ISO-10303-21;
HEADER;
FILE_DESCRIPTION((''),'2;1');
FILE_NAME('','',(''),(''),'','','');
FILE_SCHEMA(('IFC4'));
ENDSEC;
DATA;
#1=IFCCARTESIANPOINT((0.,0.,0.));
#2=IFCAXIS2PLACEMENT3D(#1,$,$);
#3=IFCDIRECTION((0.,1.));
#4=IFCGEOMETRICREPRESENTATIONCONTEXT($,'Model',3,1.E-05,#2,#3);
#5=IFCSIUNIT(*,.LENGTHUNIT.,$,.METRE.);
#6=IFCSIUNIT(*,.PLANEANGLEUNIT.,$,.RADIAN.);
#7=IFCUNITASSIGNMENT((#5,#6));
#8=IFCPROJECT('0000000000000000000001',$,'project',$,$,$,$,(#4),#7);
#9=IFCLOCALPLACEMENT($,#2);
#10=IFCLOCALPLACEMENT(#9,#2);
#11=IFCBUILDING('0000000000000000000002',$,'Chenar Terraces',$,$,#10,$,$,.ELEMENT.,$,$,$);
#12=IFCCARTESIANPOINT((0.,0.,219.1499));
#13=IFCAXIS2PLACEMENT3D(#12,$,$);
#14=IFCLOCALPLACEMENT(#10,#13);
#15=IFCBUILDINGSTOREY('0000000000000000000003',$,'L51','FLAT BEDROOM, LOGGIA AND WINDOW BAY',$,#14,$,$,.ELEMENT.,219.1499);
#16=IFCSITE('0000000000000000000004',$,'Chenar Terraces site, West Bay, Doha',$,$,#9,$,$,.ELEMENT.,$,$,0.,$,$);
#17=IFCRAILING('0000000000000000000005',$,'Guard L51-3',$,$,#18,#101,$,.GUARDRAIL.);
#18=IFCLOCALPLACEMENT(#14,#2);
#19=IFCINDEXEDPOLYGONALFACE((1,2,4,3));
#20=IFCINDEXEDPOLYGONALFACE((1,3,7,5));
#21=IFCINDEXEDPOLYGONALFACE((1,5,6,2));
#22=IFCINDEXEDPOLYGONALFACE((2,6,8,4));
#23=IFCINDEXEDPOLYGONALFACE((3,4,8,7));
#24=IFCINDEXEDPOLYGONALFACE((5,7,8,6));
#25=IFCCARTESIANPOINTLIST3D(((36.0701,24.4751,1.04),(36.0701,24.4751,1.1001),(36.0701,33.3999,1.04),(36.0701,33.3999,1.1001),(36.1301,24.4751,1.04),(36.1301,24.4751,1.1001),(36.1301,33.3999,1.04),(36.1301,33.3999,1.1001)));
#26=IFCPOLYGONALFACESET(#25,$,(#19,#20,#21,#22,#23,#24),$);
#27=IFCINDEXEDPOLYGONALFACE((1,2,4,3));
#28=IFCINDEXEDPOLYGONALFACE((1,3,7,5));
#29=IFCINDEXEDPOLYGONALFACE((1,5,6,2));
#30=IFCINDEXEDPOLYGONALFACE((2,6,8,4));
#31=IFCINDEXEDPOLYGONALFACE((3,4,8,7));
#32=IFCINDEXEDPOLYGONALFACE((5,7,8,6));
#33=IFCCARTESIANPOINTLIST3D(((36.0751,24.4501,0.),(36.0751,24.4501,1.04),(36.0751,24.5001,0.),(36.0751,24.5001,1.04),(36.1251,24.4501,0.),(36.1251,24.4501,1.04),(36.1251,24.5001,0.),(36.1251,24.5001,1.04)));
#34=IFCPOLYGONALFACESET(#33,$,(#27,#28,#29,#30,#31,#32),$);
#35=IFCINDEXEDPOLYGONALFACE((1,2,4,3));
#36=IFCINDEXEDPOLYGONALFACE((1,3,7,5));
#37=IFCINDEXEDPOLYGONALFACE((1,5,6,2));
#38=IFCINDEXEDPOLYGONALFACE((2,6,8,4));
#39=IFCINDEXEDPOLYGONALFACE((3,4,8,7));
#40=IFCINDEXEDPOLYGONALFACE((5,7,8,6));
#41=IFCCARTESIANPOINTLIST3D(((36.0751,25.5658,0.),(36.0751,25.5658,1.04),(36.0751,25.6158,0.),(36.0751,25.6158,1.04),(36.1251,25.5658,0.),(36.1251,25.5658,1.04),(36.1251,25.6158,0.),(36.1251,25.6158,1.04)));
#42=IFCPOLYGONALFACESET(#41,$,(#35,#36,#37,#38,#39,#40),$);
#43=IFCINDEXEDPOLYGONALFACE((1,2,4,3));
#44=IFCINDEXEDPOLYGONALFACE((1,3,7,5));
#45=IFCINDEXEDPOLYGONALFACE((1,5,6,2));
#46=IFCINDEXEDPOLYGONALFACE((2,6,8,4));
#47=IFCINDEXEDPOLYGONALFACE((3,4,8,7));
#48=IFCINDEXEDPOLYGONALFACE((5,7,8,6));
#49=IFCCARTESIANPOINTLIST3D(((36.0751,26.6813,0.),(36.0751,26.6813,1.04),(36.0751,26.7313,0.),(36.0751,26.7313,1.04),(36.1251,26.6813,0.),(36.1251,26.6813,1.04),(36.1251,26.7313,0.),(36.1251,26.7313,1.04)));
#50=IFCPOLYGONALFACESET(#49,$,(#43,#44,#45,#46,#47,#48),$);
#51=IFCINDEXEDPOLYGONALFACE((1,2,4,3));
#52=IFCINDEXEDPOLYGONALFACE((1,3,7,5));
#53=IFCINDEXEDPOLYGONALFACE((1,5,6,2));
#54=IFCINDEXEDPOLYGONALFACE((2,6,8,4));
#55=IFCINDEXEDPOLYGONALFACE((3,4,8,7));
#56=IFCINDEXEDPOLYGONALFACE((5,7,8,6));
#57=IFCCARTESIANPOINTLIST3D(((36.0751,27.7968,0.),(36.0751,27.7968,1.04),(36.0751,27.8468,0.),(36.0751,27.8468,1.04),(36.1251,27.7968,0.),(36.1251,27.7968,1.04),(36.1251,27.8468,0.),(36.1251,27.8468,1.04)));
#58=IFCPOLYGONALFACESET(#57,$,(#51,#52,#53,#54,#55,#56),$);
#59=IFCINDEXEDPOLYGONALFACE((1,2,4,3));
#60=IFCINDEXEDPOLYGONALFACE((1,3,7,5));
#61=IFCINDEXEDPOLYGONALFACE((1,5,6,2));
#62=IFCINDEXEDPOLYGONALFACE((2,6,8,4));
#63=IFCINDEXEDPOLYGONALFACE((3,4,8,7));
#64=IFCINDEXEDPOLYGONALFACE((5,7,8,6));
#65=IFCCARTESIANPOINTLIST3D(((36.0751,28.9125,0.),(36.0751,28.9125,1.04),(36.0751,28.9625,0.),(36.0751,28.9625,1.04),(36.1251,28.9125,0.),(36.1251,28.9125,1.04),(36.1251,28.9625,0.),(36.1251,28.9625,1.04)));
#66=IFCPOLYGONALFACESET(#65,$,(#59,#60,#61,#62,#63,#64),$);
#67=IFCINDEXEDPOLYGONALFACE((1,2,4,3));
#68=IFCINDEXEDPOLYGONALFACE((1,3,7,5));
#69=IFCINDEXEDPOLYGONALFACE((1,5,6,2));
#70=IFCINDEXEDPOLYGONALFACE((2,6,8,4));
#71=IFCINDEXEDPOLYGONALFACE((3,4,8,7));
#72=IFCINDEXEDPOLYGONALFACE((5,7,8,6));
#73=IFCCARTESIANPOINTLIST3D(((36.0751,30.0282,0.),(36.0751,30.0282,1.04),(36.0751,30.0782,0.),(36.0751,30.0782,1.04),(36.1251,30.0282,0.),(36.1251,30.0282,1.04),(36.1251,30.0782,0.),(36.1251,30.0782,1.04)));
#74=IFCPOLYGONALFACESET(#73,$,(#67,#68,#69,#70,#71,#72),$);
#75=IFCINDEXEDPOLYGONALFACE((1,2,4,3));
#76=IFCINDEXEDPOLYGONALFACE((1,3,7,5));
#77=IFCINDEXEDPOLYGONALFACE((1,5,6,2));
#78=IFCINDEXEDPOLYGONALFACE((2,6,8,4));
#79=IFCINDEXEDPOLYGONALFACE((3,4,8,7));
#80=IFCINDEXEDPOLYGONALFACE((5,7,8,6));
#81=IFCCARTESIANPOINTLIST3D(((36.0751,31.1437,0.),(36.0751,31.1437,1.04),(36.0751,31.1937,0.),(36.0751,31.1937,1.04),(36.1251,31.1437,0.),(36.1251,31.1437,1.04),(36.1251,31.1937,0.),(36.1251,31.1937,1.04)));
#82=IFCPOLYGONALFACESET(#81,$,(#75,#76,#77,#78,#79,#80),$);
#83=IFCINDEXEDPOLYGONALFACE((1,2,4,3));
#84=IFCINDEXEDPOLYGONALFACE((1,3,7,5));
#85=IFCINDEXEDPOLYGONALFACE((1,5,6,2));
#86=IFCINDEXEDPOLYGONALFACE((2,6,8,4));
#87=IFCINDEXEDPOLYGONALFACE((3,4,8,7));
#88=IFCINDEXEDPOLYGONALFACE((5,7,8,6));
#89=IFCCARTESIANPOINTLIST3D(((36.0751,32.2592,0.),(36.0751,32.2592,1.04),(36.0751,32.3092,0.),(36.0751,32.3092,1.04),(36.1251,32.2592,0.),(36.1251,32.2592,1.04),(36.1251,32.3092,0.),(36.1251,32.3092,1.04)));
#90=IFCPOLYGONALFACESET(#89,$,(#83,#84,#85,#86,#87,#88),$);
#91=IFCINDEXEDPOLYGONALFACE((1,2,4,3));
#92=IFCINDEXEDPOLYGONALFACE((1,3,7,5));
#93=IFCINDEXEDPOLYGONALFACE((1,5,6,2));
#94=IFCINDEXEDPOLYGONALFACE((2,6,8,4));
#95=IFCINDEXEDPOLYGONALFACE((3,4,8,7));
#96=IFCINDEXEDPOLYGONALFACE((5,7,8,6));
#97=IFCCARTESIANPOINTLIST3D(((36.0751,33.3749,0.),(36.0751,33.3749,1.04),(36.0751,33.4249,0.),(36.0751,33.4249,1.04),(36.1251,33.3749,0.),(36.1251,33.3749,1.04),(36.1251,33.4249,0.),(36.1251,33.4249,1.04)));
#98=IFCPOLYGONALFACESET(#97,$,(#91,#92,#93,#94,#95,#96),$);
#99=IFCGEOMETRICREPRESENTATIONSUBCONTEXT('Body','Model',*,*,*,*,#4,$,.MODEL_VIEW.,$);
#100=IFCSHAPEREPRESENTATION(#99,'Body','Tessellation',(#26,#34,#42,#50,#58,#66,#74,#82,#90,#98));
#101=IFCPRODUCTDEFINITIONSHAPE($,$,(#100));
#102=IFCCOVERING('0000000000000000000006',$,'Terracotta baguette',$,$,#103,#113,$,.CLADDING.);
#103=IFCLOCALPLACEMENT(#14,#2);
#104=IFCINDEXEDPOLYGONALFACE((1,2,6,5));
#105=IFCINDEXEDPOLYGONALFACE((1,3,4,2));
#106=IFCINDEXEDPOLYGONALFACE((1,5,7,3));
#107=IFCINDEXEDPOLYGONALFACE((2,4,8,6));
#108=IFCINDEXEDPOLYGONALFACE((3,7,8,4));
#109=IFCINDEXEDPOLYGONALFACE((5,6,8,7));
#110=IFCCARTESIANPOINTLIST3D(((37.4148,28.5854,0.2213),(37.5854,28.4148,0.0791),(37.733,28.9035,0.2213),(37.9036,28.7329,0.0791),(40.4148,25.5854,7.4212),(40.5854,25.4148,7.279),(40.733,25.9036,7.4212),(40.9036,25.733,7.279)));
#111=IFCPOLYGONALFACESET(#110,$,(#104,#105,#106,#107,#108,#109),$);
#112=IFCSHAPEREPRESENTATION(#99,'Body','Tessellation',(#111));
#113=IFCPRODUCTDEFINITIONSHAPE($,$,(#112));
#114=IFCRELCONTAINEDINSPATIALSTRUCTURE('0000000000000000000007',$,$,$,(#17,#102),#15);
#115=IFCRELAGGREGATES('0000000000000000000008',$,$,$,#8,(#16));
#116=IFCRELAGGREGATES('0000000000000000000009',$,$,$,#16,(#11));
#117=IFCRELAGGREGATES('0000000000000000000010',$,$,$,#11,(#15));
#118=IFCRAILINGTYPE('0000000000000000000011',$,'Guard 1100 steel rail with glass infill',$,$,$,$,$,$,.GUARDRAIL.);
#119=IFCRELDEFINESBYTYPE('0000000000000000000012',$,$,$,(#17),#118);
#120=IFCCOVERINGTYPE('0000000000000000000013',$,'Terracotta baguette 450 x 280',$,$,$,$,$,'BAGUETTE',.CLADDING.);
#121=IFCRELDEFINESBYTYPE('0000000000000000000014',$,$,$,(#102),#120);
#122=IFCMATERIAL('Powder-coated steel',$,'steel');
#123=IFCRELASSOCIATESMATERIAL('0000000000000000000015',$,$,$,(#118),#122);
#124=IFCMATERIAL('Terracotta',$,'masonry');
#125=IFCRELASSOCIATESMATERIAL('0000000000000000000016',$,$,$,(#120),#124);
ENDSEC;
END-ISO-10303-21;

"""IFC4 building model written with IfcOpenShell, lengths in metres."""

from ifc_helpers import new_model, si_unit, direction, frame, origin, origin_2d, place, context, subcontext, project, spatial, rectangle, extrude, material, material_profile, profile_set, type_object, element, save


model = new_model("IFC4")

# Units and contexts
model_context = context("Model", 3, precision=1e-05, world=origin(), true_north=direction((0.0, 1.0)))
body_context = subcontext(model_context, "Body", "Model", "MODEL_VIEW")
ifc_project = project(units=[si_unit("LENGTHUNIT", "METRE"), si_unit("PLANEANGLEUNIT", "RADIAN")], contexts=[model_context])

# Site, building, storey
site_placement = place(None, origin())
site = spatial("IfcSite", under=ifc_project, at=site_placement, Name="Chenar Terraces site, West Bay, Doha", CompositionType="ELEMENT", RefElevation=0.0)
building_placement = place(site_placement, origin())
building = spatial("IfcBuilding", under=site, at=building_placement, Name="Chenar Terraces", CompositionType="ELEMENT")
storey_placement = place(building_placement, frame((0.0, 0.0, 219.1499)))
storey = spatial("IfcBuildingStorey", under=building, at=storey_placement, Name="L51", Description="FLAT BEDROOM, LOGGIA AND WINDOW BAY", CompositionType="ELEMENT", Elevation=219.1499)

# Railing
ifc_material_1 = material(Name="Powder-coated steel", Category="steel")
railing_type = type_object("IfcRailingType", Name="Guard 1100 steel rail with glass infill", PredefinedType="GUARDRAIL", material=ifc_material_1)
railing_placement = place(storey_placement, frame((36.1001, 24.4751, 0.0)))
element("IfcRailing", 1, at=railing_placement, inside=storey, type_object=railing_type, Name="Guard L51-3", PredefinedType="GUARDRAIL", context=body_context, shape_type="SweptSolid", body=[
    extrude(rectangle(XDim=0.0601, YDim=0.0601, at=origin_2d()), frame((0.0, 0.0, 1.0701), z_axis=(0.0, 1.0, 0.0), x_axis=(-1.0, 0.0, 0.0)), (0.0, 0.0, 1.0), 8.9248),
    extrude(rectangle(XDim=0.05, YDim=0.05, at=origin_2d()), origin(), (0.0, 0.0, 1.0), 1.04),
    extrude(rectangle(XDim=0.05, YDim=0.05, at=origin_2d()), frame((0.0, 1.1157, 0.0)), (0.0, 0.0, 1.0), 1.04),
    extrude(rectangle(XDim=0.05, YDim=0.05, at=origin_2d()), frame((0.0, 2.2312, 0.0)), (0.0, 0.0, 1.0), 1.04),
    extrude(rectangle(XDim=0.05, YDim=0.05, at=origin_2d()), frame((0.0, 3.3467, 0.0)), (0.0, 0.0, 1.0), 1.04),
    extrude(rectangle(XDim=0.05, YDim=0.05, at=origin_2d()), frame((0.0, 4.4624, 0.0)), (0.0, 0.0, 1.0), 1.04),
    extrude(rectangle(XDim=0.05, YDim=0.05, at=origin_2d()), frame((0.0, 5.5781, 0.0)), (0.0, 0.0, 1.0), 1.04),
    extrude(rectangle(XDim=0.05, YDim=0.05, at=origin_2d()), frame((0.0, 6.6936, 0.0)), (0.0, 0.0, 1.0), 1.04),
    extrude(rectangle(XDim=0.05, YDim=0.05, at=origin_2d()), frame((0.0, 7.8091, 0.0)), (0.0, 0.0, 1.0), 1.04),
    extrude(rectangle(XDim=0.05, YDim=0.05, at=origin_2d()), frame((0.0, 8.9248, 0.0)), (0.0, 0.0, 1.0), 1.04),
])

# Covering
ifc_material_2 = material(Name="Terracotta", Category="masonry")
ifc_material_profile_1 = material_profile(ifc_material_2, rectangle(XDim=0.45, YDim=0.28, at=origin_2d()), Name="Terracotta baguette 450 x 280")
ifc_profile_set_1 = profile_set([ifc_material_profile_1], Name="Terracotta")
covering_type = type_object("IfcCoveringType", Name="Terracotta baguette 450 x 280", ElementType="BAGUETTE", PredefinedType="CLADDING", material=ifc_profile_set_1)
covering_placement = place(storey_placement, frame((40.6592, 25.6592, 7.3501), z_axis=(-0.358981, 0.358981, -0.861548), x_axis=(-0.707107, -0.707107, 0.0)))
element("IfcCovering", 2, at=covering_placement, inside=storey, type_object=covering_type, Name="Terracotta baguette", PredefinedType="CLADDING", context=body_context, shape_type="SweptSolid", body=[
    extrude(rectangle(XDim=0.45, YDim=0.28, at=origin_2d()), origin(), (0.0, 0.0, 1.0), 8.3569),
])

save(model, "model.ifc")
